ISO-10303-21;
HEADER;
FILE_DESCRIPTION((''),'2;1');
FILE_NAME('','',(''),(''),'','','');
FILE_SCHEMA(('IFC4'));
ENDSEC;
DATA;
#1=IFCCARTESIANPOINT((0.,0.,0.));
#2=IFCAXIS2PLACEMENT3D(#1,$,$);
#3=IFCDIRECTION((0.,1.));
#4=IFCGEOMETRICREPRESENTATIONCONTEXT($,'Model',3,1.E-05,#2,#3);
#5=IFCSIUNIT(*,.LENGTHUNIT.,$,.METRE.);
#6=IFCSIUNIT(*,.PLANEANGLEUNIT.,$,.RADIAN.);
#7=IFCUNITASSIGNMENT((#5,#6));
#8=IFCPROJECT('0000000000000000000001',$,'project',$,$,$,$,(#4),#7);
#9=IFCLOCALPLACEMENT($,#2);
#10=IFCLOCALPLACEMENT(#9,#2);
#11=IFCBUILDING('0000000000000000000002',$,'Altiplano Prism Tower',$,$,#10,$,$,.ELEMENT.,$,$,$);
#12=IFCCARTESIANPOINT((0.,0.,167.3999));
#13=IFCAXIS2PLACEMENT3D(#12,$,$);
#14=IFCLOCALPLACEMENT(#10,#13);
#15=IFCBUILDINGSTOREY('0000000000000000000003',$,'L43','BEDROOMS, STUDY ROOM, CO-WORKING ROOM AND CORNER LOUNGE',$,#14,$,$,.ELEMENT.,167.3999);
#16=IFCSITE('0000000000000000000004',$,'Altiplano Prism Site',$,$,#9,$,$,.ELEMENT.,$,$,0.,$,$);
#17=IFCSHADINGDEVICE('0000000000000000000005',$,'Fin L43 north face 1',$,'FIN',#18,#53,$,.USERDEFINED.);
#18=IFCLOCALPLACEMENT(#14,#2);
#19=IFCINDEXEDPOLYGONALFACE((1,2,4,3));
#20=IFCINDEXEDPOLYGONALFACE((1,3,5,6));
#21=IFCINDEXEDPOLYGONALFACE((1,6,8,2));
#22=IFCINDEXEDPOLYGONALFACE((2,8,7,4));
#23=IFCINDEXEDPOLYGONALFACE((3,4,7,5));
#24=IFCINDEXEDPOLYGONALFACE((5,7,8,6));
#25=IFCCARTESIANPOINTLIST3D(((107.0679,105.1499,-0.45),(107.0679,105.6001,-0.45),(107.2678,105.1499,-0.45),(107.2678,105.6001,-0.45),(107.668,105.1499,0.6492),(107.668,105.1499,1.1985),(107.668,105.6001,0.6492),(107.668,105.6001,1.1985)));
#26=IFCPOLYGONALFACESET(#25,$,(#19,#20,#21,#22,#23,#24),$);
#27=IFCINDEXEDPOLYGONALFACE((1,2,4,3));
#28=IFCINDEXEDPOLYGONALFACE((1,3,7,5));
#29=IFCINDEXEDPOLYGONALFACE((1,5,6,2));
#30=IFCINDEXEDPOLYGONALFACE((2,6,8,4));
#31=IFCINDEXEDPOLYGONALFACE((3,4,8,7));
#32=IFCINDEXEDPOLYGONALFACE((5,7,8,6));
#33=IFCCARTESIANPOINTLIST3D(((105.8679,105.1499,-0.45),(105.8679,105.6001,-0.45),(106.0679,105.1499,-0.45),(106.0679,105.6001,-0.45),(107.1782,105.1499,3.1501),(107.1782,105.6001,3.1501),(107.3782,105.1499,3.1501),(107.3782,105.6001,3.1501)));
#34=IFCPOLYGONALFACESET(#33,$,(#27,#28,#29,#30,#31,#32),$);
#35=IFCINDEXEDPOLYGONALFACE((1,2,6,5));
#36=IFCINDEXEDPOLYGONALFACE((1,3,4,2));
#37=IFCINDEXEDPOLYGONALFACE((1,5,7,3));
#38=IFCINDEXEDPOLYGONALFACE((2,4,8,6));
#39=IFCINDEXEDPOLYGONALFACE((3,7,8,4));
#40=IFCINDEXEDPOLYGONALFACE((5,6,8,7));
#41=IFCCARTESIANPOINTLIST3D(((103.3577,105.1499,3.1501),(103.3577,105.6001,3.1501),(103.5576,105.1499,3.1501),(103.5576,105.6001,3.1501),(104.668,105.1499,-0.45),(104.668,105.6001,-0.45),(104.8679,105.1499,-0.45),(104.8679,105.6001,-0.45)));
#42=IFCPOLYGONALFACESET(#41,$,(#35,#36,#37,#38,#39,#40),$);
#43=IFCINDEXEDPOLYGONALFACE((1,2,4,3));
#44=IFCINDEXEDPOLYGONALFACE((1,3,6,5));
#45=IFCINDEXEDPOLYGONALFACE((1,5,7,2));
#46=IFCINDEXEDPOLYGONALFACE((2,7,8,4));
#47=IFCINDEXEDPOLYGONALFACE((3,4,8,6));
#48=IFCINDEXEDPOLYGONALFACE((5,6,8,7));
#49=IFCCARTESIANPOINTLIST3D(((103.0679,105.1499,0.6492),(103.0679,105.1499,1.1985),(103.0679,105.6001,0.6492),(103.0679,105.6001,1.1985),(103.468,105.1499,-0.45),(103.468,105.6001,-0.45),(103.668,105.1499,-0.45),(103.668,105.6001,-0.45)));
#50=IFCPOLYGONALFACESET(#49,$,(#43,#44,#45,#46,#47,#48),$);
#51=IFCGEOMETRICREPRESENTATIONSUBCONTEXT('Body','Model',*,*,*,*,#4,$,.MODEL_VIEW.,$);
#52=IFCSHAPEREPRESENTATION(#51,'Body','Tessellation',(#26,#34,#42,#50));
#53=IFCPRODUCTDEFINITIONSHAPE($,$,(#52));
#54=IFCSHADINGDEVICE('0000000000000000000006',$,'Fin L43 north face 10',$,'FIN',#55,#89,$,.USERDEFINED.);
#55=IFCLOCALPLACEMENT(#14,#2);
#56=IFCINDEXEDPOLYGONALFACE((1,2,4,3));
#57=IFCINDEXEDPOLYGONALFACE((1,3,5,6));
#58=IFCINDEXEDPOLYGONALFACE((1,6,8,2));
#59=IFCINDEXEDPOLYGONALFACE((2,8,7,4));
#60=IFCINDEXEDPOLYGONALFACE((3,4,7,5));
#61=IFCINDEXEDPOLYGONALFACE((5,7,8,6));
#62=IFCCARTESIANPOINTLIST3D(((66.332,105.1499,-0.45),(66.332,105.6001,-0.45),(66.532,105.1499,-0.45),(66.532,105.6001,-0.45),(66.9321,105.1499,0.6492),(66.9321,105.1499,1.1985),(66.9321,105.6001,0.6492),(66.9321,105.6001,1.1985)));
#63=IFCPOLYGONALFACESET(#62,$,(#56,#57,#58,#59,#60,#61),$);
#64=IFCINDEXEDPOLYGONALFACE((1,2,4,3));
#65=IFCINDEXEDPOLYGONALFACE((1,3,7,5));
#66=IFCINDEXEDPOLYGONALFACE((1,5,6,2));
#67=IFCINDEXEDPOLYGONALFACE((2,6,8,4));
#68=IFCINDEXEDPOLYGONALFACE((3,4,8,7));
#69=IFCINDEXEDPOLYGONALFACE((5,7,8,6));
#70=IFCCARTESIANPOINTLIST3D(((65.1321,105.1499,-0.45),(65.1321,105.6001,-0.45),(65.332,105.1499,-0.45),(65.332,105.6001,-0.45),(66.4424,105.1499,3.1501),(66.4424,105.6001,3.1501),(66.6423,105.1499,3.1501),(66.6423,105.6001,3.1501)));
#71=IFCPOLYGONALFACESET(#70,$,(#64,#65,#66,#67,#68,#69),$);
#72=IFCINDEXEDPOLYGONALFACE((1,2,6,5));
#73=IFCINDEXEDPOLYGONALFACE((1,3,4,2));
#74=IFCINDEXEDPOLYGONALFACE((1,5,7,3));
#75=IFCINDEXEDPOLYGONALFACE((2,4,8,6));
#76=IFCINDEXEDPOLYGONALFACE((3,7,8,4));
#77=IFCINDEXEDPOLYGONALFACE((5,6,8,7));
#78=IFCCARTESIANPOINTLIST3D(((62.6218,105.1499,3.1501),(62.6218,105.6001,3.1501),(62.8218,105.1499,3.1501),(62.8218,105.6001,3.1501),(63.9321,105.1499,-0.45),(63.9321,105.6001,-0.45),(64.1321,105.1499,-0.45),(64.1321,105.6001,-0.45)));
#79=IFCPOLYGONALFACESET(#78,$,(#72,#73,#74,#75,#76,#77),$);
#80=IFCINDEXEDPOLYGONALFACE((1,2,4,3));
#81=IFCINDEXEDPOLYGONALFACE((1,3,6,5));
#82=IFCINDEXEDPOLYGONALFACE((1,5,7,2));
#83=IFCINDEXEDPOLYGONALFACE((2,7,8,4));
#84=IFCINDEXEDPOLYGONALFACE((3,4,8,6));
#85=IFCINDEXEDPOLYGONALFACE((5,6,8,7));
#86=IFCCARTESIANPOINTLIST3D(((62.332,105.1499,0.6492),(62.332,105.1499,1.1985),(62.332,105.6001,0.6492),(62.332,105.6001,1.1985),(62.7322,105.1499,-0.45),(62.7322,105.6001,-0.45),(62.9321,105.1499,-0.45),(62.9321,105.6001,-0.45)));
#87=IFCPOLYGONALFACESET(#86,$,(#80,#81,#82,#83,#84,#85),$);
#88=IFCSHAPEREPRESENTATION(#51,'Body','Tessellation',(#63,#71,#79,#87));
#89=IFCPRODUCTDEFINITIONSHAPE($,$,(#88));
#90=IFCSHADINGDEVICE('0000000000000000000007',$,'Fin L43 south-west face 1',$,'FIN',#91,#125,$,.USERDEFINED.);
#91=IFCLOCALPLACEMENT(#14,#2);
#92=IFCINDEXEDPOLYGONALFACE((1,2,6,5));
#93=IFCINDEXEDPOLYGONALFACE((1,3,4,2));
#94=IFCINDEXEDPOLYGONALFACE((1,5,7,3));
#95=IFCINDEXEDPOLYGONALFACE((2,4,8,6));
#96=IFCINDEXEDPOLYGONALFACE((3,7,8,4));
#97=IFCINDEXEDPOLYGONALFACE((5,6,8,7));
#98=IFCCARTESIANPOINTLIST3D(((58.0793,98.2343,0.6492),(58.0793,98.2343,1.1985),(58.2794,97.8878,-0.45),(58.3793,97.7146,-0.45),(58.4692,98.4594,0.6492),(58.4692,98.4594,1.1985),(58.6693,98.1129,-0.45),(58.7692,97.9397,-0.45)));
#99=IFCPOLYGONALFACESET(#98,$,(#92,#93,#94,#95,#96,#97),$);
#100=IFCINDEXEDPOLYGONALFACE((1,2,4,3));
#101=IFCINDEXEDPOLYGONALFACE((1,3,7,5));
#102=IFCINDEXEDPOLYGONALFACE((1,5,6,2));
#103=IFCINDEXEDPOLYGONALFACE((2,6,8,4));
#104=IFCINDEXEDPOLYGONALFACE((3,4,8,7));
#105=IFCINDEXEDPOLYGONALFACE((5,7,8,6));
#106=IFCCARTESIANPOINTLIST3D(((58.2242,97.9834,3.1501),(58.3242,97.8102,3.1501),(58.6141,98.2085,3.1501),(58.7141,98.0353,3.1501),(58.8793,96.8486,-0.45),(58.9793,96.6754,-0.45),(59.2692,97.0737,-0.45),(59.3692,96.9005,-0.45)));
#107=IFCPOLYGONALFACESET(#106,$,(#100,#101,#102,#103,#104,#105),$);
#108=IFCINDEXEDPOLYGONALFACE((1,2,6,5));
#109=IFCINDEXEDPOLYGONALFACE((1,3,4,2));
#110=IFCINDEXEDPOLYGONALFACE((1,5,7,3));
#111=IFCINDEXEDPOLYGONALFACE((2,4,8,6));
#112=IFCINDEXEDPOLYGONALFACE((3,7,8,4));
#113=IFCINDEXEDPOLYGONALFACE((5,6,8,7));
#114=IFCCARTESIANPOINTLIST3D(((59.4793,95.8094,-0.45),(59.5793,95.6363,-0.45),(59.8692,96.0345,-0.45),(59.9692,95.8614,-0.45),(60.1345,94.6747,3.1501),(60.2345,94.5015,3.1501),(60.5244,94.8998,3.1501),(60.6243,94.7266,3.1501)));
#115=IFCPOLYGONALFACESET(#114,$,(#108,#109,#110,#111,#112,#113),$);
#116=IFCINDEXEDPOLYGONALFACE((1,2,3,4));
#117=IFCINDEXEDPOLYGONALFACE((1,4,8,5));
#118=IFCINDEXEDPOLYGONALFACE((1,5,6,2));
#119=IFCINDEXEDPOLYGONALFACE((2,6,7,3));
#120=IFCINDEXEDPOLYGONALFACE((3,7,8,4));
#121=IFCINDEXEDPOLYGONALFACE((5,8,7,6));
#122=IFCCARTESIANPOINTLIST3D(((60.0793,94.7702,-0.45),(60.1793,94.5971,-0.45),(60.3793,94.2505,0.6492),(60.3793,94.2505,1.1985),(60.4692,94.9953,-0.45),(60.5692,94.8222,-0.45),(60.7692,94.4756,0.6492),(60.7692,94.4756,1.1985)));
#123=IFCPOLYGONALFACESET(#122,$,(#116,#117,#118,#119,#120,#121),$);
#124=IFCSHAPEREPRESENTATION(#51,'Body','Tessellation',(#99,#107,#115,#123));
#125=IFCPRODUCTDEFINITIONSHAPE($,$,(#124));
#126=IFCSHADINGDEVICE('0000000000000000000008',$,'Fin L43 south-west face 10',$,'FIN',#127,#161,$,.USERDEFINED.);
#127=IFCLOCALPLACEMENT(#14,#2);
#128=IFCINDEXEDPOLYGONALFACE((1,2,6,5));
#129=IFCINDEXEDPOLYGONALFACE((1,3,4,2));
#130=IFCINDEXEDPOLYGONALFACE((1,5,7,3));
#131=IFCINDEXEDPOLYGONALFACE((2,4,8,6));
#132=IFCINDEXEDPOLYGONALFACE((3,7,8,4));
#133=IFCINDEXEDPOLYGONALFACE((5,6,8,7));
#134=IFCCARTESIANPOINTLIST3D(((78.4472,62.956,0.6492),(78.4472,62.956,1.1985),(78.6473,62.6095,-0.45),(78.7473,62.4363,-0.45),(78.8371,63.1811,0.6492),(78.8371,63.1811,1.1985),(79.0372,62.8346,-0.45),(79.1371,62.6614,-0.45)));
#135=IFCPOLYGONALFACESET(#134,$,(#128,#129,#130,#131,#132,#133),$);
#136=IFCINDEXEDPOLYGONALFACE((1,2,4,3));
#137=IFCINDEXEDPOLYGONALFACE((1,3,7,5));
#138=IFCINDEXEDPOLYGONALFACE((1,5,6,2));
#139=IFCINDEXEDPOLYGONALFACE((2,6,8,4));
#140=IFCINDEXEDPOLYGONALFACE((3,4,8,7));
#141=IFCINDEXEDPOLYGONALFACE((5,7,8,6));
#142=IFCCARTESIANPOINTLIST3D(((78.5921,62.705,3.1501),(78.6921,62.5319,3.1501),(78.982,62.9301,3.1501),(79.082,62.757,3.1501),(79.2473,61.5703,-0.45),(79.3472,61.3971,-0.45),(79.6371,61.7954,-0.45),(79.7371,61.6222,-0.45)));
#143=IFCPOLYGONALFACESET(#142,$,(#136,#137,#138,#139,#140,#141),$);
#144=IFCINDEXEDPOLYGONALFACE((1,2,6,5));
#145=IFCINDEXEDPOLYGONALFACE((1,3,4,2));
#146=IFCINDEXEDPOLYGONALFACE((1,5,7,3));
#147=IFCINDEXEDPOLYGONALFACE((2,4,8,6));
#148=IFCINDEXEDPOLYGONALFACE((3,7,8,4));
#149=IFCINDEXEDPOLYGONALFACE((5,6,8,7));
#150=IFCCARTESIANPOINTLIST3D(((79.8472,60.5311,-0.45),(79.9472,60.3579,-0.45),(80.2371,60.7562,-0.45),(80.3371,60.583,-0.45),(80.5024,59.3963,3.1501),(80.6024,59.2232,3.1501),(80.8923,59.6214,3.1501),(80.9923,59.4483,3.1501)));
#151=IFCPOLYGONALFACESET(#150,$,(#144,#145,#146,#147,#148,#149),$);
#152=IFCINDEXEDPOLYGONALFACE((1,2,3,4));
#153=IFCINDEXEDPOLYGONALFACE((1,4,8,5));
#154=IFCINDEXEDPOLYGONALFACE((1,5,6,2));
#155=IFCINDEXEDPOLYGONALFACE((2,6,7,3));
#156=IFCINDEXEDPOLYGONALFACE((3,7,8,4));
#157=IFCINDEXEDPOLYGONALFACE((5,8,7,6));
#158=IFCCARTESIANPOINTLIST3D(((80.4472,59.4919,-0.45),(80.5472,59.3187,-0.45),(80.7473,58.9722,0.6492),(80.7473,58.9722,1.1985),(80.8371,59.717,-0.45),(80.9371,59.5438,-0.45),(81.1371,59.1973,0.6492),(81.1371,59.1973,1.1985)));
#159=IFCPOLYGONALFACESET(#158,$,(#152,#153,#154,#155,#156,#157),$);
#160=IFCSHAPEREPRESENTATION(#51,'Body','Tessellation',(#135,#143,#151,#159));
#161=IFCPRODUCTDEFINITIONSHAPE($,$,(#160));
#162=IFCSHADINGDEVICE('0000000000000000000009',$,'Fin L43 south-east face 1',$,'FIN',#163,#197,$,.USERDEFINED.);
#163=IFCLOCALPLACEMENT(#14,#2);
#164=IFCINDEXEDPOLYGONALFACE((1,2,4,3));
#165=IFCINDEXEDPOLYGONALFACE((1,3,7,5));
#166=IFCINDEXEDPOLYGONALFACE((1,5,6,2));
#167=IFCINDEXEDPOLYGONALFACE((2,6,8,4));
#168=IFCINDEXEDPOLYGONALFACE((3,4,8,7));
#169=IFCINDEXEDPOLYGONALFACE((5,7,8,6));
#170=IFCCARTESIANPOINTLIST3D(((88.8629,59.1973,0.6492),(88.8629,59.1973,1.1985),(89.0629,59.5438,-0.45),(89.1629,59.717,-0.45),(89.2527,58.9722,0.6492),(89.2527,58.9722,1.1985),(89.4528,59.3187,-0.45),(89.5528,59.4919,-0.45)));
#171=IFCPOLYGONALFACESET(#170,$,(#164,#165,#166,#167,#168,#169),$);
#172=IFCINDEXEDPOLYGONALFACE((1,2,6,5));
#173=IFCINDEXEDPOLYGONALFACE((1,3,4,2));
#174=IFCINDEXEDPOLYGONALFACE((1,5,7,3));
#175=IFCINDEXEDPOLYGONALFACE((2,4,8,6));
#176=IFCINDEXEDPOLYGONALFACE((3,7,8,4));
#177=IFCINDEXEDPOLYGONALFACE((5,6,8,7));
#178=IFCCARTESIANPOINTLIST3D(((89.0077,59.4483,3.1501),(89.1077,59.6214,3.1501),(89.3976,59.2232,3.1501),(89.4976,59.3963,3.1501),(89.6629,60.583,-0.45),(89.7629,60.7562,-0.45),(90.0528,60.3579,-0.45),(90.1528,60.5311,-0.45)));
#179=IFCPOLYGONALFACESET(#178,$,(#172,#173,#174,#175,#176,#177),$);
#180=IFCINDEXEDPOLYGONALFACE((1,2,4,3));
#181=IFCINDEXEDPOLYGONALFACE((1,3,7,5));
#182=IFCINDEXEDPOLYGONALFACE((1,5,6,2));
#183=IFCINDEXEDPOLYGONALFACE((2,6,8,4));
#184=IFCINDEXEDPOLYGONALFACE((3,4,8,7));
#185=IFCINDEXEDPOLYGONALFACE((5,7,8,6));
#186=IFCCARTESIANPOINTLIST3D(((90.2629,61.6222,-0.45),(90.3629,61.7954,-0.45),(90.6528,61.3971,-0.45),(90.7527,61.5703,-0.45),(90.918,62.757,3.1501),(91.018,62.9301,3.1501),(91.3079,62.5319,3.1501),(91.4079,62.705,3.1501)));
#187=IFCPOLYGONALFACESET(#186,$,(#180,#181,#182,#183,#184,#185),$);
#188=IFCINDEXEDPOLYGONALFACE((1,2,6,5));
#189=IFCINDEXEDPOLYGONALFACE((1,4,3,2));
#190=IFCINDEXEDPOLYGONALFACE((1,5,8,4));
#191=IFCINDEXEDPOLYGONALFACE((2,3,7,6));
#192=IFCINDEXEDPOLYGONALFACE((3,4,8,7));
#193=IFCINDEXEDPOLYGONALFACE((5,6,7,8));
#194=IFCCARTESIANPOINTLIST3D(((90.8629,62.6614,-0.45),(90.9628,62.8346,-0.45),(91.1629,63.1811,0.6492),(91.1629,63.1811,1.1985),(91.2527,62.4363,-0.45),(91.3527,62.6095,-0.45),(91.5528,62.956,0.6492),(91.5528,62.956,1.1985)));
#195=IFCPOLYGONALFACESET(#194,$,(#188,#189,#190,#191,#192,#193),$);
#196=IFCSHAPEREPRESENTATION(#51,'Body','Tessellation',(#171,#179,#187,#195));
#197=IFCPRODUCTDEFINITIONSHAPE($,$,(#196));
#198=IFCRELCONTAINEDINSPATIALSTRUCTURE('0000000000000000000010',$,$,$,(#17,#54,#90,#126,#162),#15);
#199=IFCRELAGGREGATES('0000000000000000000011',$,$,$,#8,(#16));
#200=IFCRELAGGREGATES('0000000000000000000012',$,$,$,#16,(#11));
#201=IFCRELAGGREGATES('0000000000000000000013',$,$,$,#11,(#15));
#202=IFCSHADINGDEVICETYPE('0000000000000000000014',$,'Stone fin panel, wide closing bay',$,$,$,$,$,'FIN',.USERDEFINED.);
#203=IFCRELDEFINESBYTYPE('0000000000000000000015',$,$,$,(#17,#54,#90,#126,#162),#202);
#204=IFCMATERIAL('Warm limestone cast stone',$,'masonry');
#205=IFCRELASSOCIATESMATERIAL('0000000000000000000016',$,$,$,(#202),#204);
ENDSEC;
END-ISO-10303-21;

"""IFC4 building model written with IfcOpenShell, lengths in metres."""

from ifc_helpers import new_model, si_unit, direction, frame, origin, place, context, subcontext, project, spatial, polyline, outline, extrude, source, transform, mapped, material, type_object, element, save


model = new_model("IFC4")

# Units and contexts
model_context = context("Model", 3, precision=1e-05, world=origin(), true_north=direction((0.0, 1.0)))
body_context = subcontext(model_context, "Body", "Model", "MODEL_VIEW")
ifc_project = project(units=[si_unit("LENGTHUNIT", "METRE"), si_unit("PLANEANGLEUNIT", "RADIAN")], contexts=[model_context])

# Site, building, storey
site_placement = place(None, origin())
site = spatial("IfcSite", under=ifc_project, at=site_placement, Name="Altiplano Prism Site", CompositionType="ELEMENT", RefElevation=0.0)
building_placement = place(site_placement, origin())
building = spatial("IfcBuilding", under=site, at=building_placement, Name="Altiplano Prism Tower", CompositionType="ELEMENT")
storey_placement = place(building_placement, frame((0.0, 0.0, 167.3999)))
storey = spatial("IfcBuildingStorey", under=building, at=storey_placement, Name="L43", Description="BEDROOMS, STUDY ROOM, CO-WORKING ROOM AND CORNER LOUNGE", CompositionType="ELEMENT", Elevation=167.3999)

# Shading devices
ifc_material_1 = material(Name="Warm limestone cast stone", Category="masonry")
shading_device_type_1 = type_object("IfcShadingDeviceType", Name="Stone fin panel, wide closing bay", ElementType="FIN", PredefinedType="USERDEFINED", material=ifc_material_1)
shared_shape_1 = source(origin(), body_context, "Body", "SweptSolid", [
    extrude(outline(polyline([(-2.3, 1.6484), (-2.3, 1.0991), (-1.8999, 0.0), (-1.7, 0.0), (-2.3, 1.6484)])), frame((0.0, -0.1499, 0.0), z_axis=(0.0, -1.0, 0.0), x_axis=(1.0, 0.0, 0.0)), (0.0, 0.0, 1.0), 0.4502),
    extrude(outline(polyline([(-2.0103, 3.6001), (-0.7, 0.0), (-0.5, 0.0), (-1.8103, 3.6001), (-2.0103, 3.6001)])), frame((0.0, -0.1499, 0.0), z_axis=(0.0, -1.0, 0.0), x_axis=(1.0, 0.0, 0.0)), (0.0, 0.0, 1.0), 0.4502),
    extrude(outline(polyline([(1.8103, 3.6001), (0.5, 0.0), (0.7, 0.0), (2.0103, 3.6001), (1.8103, 3.6001)])), frame((0.0, -0.1499, 0.0), z_axis=(0.0, -1.0, 0.0), x_axis=(1.0, 0.0, 0.0)), (0.0, 0.0, 1.0), 0.4502),
    extrude(outline(polyline([(2.3, 1.0991), (2.3, 1.6484), (1.7, 0.0), (1.8999, 0.0), (2.3, 1.0991)])), frame((0.0, -0.1499, 0.0), z_axis=(0.0, -1.0, 0.0), x_axis=(1.0, 0.0, 0.0)), (0.0, 0.0, 1.0), 0.4502),
])
shading_device_1_placement = place(storey_placement, origin())
element("IfcShadingDevice", 1, at=shading_device_1_placement, inside=storey, type_object=shading_device_type_1, Name="Fin L43 north face 1", ObjectType="FIN", PredefinedType="USERDEFINED", context=body_context, shape_type="MappedRepresentation", body=[
    mapped(shared_shape_1, transform((105.3679, 105.0, -0.45), x_axis=(-1.0, 0.0, 0.0), y_axis=(0.0, -1.0, 0.0), z_axis=(0.0, 0.0, 1.0))),
])
shading_device_2_placement = place(storey_placement, origin())
element("IfcShadingDevice", 2, at=shading_device_2_placement, inside=storey, type_object=shading_device_type_1, Name="Fin L43 north face 10", ObjectType="FIN", PredefinedType="USERDEFINED", context=body_context, shape_type="MappedRepresentation", body=[
    mapped(shared_shape_1, transform((64.6321, 105.0, -0.45), x_axis=(-1.0, 0.0, 0.0), y_axis=(0.0, -1.0, 0.0), z_axis=(0.0, 0.0, 1.0))),
])
shading_device_3_placement = place(storey_placement, origin())
element("IfcShadingDevice", 3, at=shading_device_3_placement, inside=storey, type_object=shading_device_type_1, Name="Fin L43 south-west face 1", ObjectType="FIN", PredefinedType="USERDEFINED", context=body_context, shape_type="MappedRepresentation", body=[
    mapped(shared_shape_1, transform((59.749, 96.5425, -0.45), x_axis=(0.5, -0.866025, 0.0), y_axis=(0.866025, 0.5, 0.0), z_axis=(0.0, 0.0, 1.0))),
])
shading_device_4_placement = place(storey_placement, origin())
element("IfcShadingDevice", 4, at=shading_device_4_placement, inside=storey, type_object=shading_device_type_1, Name="Fin L43 south-west face 10", ObjectType="FIN", PredefinedType="USERDEFINED", context=body_context, shape_type="MappedRepresentation", body=[
    mapped(shared_shape_1, transform((80.1169, 61.2642, -0.45), x_axis=(0.5, -0.866025, 0.0), y_axis=(0.866025, 0.5, 0.0), z_axis=(0.0, 0.0, 1.0))),
])
shading_device_5_placement = place(storey_placement, origin())
element("IfcShadingDevice", 5, at=shading_device_5_placement, inside=storey, type_object=shading_device_type_1, Name="Fin L43 south-east face 1", ObjectType="FIN", PredefinedType="USERDEFINED", context=body_context, shape_type="MappedRepresentation", body=[
    mapped(shared_shape_1, transform((89.8831, 61.2642, -0.45), x_axis=(0.5, 0.866025, 0.0), y_axis=(-0.866025, 0.5, 0.0), z_axis=(0.0, 0.0, 1.0))),
])

save(model, "model.ifc")
